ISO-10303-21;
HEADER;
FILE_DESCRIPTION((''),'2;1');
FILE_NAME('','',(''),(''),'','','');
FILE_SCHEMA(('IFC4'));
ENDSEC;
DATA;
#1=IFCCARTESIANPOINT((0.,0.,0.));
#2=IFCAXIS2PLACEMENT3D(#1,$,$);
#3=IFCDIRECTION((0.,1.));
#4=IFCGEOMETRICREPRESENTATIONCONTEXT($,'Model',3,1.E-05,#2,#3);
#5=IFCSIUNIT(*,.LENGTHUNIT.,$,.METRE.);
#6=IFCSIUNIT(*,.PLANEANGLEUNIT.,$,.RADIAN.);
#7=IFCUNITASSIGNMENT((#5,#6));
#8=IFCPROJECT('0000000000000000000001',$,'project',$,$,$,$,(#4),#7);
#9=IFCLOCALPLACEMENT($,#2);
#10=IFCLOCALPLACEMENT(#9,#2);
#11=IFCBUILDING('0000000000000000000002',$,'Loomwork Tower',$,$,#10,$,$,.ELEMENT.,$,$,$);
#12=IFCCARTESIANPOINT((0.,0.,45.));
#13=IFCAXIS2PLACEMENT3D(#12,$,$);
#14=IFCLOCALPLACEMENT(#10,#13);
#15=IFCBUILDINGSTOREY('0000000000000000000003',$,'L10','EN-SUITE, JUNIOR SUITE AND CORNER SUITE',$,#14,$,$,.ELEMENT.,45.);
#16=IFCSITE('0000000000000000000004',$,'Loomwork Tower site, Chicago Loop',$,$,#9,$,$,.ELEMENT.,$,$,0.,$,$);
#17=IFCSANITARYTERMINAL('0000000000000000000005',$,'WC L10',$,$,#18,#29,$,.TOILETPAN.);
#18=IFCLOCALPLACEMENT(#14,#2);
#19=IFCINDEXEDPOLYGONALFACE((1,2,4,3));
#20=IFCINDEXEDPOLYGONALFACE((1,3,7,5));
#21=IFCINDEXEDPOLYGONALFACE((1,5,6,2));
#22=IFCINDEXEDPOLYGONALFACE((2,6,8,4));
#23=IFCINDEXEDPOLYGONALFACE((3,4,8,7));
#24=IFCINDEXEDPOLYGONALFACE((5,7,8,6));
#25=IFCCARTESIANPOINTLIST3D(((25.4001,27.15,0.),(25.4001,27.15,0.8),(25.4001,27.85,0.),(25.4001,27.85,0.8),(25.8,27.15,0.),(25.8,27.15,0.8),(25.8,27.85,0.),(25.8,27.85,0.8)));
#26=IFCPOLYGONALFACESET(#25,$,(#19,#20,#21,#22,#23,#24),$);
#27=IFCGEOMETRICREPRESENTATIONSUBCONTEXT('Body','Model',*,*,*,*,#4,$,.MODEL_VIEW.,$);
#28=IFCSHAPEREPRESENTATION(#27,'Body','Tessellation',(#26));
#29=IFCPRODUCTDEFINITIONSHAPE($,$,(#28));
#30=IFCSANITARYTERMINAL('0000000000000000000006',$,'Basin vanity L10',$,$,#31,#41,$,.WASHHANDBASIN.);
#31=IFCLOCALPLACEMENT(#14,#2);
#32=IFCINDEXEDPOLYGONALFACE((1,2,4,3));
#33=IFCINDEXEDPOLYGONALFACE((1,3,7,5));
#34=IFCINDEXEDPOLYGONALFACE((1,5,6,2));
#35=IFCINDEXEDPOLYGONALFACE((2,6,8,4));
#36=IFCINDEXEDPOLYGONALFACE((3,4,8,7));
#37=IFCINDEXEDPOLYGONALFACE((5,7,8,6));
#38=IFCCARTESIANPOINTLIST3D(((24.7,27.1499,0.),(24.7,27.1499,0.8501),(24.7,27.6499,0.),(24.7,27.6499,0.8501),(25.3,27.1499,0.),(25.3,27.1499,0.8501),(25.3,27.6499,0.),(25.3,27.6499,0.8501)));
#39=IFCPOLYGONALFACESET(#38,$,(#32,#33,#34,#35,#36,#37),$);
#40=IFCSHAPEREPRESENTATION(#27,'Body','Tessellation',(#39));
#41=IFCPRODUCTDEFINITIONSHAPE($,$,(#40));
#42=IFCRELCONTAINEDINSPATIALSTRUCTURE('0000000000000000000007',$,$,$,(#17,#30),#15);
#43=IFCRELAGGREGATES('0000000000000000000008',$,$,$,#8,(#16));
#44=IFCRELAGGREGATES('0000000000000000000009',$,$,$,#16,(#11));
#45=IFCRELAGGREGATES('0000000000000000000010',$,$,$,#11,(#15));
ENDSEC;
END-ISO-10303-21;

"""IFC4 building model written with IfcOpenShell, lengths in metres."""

from ifc_helpers import new_model, si_unit, direction, frame, origin, origin_2d, place, context, subcontext, project, spatial, rectangle, extrude, element, save


model = new_model("IFC4")

# Units and contexts
model_context = context("Model", 3, precision=1e-05, world=origin(), true_north=direction((0.0, 1.0)))
body_context = subcontext(model_context, "Body", "Model", "MODEL_VIEW")
ifc_project = project(units=[si_unit("LENGTHUNIT", "METRE"), si_unit("PLANEANGLEUNIT", "RADIAN")], contexts=[model_context])

# Site, building, storey
site_placement = place(None, origin())
site = spatial("IfcSite", under=ifc_project, at=site_placement, Name="Loomwork Tower site, Chicago Loop", CompositionType="ELEMENT", RefElevation=0.0)
building_placement = place(site_placement, origin())
building = spatial("IfcBuilding", under=site, at=building_placement, Name="Loomwork Tower", CompositionType="ELEMENT")
storey_placement = place(building_placement, frame((0.0, 0.0, 45.0)))
storey = spatial("IfcBuildingStorey", under=building, at=storey_placement, Name="L10", Description="EN-SUITE, JUNIOR SUITE AND CORNER SUITE", CompositionType="ELEMENT", Elevation=45.0)

# Sanitary terminals
sanitary_terminal_1_placement = place(storey_placement, frame((25.6001, 27.5, 0.0), z_axis=(0.0, 0.0, 1.0), x_axis=(1.0, 0.0, 0.0)))
element("IfcSanitaryTerminal", 1, at=sanitary_terminal_1_placement, inside=storey, Name="WC L10", PredefinedType="TOILETPAN", context=body_context, shape_type="SweptSolid", body=[
    extrude(rectangle(XDim=0.3999, YDim=0.7, at=origin_2d()), origin(), (0.0, 0.0, 1.0), 0.8),
])
sanitary_terminal_2_placement = place(storey_placement, frame((25.0, 27.3999, 0.0), z_axis=(0.0, 0.0, 1.0), x_axis=(1.0, 0.0, 0.0)))
element("IfcSanitaryTerminal", 2, at=sanitary_terminal_2_placement, inside=storey, Name="Basin vanity L10", PredefinedType="WASHHANDBASIN", context=body_context, shape_type="SweptSolid", body=[
    extrude(rectangle(XDim=0.6001, YDim=0.5, at=origin_2d()), origin(), (0.0, 0.0, 1.0), 0.8501),
])

save(model, "model.ifc")
